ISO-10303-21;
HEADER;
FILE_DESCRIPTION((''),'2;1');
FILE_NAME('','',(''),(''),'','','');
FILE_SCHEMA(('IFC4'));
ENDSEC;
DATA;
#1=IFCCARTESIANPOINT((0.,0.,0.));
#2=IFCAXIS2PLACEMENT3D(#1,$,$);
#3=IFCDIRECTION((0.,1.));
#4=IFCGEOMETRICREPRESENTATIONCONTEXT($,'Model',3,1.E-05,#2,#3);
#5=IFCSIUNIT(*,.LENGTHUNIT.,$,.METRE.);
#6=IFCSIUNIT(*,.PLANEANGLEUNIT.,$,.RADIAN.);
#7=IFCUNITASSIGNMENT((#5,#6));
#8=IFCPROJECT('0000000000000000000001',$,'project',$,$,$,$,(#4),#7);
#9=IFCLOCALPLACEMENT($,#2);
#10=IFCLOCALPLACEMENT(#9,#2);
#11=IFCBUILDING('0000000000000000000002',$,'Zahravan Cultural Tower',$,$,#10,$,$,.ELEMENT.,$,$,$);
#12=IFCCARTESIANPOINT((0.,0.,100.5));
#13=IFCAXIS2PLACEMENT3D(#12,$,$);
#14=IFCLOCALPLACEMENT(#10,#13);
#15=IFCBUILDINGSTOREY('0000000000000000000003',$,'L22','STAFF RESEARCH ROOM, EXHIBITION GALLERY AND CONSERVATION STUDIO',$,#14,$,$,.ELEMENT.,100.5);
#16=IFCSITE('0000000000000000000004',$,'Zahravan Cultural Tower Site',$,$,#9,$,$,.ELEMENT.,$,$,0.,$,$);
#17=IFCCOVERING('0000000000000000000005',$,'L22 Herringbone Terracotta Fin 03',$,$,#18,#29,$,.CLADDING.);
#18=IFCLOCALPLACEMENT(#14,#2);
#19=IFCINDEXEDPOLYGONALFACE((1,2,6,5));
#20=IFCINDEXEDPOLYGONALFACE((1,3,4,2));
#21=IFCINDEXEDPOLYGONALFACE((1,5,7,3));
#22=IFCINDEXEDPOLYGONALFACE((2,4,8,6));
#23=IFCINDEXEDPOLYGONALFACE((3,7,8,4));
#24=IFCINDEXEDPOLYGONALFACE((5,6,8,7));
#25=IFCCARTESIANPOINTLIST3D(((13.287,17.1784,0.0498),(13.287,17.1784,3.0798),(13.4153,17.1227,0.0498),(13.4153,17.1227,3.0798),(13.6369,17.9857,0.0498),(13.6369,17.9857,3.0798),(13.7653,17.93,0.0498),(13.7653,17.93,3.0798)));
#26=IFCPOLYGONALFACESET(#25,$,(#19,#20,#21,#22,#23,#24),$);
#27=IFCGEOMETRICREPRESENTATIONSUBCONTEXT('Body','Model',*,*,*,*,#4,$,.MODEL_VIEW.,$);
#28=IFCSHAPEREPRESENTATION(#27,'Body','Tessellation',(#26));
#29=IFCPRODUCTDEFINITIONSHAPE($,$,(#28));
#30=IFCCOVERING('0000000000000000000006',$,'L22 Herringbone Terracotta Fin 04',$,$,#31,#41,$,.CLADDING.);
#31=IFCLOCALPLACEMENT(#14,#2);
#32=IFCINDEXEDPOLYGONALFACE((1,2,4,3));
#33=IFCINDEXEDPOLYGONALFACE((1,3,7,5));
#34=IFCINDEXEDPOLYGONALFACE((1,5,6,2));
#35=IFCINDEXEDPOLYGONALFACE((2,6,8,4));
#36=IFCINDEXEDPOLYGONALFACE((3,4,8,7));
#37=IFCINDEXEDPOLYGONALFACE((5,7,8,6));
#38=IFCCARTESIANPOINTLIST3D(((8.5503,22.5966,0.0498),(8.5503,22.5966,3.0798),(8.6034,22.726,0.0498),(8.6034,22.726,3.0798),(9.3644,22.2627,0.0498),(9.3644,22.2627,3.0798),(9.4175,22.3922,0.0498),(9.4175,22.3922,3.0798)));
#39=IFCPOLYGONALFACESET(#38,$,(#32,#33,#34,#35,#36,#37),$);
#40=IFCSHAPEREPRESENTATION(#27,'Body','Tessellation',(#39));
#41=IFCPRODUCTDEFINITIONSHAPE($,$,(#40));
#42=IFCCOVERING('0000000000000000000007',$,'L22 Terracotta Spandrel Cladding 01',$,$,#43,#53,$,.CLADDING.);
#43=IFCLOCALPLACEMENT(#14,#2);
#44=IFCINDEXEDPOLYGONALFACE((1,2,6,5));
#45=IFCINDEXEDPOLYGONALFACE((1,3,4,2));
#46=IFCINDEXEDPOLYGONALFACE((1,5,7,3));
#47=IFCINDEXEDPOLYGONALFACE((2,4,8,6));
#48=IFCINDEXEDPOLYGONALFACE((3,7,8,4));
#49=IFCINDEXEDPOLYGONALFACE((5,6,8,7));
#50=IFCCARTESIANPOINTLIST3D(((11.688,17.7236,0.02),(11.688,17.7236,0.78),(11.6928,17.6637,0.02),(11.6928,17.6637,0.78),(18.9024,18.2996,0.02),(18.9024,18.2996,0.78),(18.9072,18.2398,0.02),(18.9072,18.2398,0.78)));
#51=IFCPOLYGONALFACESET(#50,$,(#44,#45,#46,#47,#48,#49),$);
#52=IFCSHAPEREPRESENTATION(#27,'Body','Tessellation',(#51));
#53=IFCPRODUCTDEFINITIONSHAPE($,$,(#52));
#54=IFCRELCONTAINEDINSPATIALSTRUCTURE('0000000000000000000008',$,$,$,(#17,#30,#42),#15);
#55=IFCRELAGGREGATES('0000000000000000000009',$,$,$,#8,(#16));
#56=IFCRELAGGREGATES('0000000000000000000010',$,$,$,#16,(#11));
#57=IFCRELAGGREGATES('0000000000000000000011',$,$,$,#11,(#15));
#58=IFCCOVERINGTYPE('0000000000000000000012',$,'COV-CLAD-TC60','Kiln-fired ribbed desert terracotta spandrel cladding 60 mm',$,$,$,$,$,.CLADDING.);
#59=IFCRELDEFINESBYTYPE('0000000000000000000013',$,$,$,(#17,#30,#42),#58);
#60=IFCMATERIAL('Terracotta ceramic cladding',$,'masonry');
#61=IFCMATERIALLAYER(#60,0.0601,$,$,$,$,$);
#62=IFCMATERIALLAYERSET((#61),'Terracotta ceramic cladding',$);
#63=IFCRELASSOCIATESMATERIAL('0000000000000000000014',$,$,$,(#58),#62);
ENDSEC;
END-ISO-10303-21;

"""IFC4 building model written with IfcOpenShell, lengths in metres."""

from ifc_helpers import new_model, si_unit, direction, frame, origin, origin_2d, place, context, subcontext, project, spatial, rectangle, extrude, source, transform, mapped, material, layer, layer_set, type_object, element, save


model = new_model("IFC4")

# Units and contexts
model_context = context("Model", 3, precision=1e-05, world=origin(), true_north=direction((0.0, 1.0)))
body_context = subcontext(model_context, "Body", "Model", "MODEL_VIEW")
ifc_project = project(units=[si_unit("LENGTHUNIT", "METRE"), si_unit("PLANEANGLEUNIT", "RADIAN")], contexts=[model_context])

# Site, building, storey
site_placement = place(None, origin())
site = spatial("IfcSite", under=ifc_project, at=site_placement, Name="Zahravan Cultural Tower Site", CompositionType="ELEMENT", RefElevation=0.0)
building_placement = place(site_placement, origin())
building = spatial("IfcBuilding", under=site, at=building_placement, Name="Zahravan Cultural Tower", CompositionType="ELEMENT")
storey_placement = place(building_placement, frame((0.0, 0.0, 100.5)))
storey = spatial("IfcBuildingStorey", under=building, at=storey_placement, Name="L22", Description="STAFF RESEARCH ROOM, EXHIBITION GALLERY AND CONSERVATION STUDIO", CompositionType="ELEMENT", Elevation=100.5)

# Coverings
ifc_material_1 = material(Name="Terracotta ceramic cladding", Category="masonry")
ifc_layer_1 = layer(ifc_material_1, 0.0601)
ifc_layer_set_1 = layer_set([ifc_layer_1], Name="Terracotta ceramic cladding")
covering_type_1 = type_object("IfcCoveringType", Name="COV-CLAD-TC60", Description="Kiln-fired ribbed desert terracotta spandrel cladding 60 mm", PredefinedType="CLADDING", material=ifc_layer_set_1)
shared_shape_1 = source(origin(), body_context, "Body", "SweptSolid", [
    extrude(rectangle(XDim=0.8799, YDim=0.1399, at=origin_2d()), origin(), (0.0, 0.0, 1.0), 3.03),
])
for number, where, z_axis, x_axis, name in (
    (1, (13.5261, 17.5542, 0.0498), (0.0, 0.0, 1.0), (-0.397708, -0.917512, 0.0), "L22 Herringbone Terracotta Fin 03"),
    (2, (8.9839, 22.4944, 0.0498), (0.0, 0.0, 1.0), (-0.92521, 0.379456, 0.0), "L22 Herringbone Terracotta Fin 04"),
):
    element("IfcCovering", number, at=place(storey_placement, frame(where, z_axis=z_axis, x_axis=x_axis)), inside=storey, type_object=covering_type_1, Name=name, PredefinedType="CLADDING", context=body_context, shape_type="MappedRepresentation", body=[
        mapped(shared_shape_1, transform((0.0, 0.0, 0.0), x_axis=(1.0, 0.0, 0.0), y_axis=(0.0, 1.0, 0.0), z_axis=(0.0, 0.0, 1.0), scale=1.0)),
    ])
shared_shape_2 = source(origin(), body_context, "Body", "SweptSolid", [
    extrude(rectangle(XDim=7.2373, YDim=0.0601, at=origin_2d()), origin(), (0.0, 0.0, 1.0), 0.76),
])
covering_1_placement = place(storey_placement, frame((15.2976, 17.9817, 0.02), z_axis=(0.0, 0.0, 1.0), x_axis=(-0.996828, -0.07959, 0.0)))
element("IfcCovering", 3, at=covering_1_placement, inside=storey, type_object=covering_type_1, Name="L22 Terracotta Spandrel Cladding 01", PredefinedType="CLADDING", context=body_context, shape_type="MappedRepresentation", body=[
    mapped(shared_shape_2, transform((0.0, 0.0, 0.0), x_axis=(1.0, 0.0, 0.0), y_axis=(0.0, 1.0, 0.0), z_axis=(0.0, 0.0, 1.0), scale=1.0)),
])

save(model, "model.ifc")
